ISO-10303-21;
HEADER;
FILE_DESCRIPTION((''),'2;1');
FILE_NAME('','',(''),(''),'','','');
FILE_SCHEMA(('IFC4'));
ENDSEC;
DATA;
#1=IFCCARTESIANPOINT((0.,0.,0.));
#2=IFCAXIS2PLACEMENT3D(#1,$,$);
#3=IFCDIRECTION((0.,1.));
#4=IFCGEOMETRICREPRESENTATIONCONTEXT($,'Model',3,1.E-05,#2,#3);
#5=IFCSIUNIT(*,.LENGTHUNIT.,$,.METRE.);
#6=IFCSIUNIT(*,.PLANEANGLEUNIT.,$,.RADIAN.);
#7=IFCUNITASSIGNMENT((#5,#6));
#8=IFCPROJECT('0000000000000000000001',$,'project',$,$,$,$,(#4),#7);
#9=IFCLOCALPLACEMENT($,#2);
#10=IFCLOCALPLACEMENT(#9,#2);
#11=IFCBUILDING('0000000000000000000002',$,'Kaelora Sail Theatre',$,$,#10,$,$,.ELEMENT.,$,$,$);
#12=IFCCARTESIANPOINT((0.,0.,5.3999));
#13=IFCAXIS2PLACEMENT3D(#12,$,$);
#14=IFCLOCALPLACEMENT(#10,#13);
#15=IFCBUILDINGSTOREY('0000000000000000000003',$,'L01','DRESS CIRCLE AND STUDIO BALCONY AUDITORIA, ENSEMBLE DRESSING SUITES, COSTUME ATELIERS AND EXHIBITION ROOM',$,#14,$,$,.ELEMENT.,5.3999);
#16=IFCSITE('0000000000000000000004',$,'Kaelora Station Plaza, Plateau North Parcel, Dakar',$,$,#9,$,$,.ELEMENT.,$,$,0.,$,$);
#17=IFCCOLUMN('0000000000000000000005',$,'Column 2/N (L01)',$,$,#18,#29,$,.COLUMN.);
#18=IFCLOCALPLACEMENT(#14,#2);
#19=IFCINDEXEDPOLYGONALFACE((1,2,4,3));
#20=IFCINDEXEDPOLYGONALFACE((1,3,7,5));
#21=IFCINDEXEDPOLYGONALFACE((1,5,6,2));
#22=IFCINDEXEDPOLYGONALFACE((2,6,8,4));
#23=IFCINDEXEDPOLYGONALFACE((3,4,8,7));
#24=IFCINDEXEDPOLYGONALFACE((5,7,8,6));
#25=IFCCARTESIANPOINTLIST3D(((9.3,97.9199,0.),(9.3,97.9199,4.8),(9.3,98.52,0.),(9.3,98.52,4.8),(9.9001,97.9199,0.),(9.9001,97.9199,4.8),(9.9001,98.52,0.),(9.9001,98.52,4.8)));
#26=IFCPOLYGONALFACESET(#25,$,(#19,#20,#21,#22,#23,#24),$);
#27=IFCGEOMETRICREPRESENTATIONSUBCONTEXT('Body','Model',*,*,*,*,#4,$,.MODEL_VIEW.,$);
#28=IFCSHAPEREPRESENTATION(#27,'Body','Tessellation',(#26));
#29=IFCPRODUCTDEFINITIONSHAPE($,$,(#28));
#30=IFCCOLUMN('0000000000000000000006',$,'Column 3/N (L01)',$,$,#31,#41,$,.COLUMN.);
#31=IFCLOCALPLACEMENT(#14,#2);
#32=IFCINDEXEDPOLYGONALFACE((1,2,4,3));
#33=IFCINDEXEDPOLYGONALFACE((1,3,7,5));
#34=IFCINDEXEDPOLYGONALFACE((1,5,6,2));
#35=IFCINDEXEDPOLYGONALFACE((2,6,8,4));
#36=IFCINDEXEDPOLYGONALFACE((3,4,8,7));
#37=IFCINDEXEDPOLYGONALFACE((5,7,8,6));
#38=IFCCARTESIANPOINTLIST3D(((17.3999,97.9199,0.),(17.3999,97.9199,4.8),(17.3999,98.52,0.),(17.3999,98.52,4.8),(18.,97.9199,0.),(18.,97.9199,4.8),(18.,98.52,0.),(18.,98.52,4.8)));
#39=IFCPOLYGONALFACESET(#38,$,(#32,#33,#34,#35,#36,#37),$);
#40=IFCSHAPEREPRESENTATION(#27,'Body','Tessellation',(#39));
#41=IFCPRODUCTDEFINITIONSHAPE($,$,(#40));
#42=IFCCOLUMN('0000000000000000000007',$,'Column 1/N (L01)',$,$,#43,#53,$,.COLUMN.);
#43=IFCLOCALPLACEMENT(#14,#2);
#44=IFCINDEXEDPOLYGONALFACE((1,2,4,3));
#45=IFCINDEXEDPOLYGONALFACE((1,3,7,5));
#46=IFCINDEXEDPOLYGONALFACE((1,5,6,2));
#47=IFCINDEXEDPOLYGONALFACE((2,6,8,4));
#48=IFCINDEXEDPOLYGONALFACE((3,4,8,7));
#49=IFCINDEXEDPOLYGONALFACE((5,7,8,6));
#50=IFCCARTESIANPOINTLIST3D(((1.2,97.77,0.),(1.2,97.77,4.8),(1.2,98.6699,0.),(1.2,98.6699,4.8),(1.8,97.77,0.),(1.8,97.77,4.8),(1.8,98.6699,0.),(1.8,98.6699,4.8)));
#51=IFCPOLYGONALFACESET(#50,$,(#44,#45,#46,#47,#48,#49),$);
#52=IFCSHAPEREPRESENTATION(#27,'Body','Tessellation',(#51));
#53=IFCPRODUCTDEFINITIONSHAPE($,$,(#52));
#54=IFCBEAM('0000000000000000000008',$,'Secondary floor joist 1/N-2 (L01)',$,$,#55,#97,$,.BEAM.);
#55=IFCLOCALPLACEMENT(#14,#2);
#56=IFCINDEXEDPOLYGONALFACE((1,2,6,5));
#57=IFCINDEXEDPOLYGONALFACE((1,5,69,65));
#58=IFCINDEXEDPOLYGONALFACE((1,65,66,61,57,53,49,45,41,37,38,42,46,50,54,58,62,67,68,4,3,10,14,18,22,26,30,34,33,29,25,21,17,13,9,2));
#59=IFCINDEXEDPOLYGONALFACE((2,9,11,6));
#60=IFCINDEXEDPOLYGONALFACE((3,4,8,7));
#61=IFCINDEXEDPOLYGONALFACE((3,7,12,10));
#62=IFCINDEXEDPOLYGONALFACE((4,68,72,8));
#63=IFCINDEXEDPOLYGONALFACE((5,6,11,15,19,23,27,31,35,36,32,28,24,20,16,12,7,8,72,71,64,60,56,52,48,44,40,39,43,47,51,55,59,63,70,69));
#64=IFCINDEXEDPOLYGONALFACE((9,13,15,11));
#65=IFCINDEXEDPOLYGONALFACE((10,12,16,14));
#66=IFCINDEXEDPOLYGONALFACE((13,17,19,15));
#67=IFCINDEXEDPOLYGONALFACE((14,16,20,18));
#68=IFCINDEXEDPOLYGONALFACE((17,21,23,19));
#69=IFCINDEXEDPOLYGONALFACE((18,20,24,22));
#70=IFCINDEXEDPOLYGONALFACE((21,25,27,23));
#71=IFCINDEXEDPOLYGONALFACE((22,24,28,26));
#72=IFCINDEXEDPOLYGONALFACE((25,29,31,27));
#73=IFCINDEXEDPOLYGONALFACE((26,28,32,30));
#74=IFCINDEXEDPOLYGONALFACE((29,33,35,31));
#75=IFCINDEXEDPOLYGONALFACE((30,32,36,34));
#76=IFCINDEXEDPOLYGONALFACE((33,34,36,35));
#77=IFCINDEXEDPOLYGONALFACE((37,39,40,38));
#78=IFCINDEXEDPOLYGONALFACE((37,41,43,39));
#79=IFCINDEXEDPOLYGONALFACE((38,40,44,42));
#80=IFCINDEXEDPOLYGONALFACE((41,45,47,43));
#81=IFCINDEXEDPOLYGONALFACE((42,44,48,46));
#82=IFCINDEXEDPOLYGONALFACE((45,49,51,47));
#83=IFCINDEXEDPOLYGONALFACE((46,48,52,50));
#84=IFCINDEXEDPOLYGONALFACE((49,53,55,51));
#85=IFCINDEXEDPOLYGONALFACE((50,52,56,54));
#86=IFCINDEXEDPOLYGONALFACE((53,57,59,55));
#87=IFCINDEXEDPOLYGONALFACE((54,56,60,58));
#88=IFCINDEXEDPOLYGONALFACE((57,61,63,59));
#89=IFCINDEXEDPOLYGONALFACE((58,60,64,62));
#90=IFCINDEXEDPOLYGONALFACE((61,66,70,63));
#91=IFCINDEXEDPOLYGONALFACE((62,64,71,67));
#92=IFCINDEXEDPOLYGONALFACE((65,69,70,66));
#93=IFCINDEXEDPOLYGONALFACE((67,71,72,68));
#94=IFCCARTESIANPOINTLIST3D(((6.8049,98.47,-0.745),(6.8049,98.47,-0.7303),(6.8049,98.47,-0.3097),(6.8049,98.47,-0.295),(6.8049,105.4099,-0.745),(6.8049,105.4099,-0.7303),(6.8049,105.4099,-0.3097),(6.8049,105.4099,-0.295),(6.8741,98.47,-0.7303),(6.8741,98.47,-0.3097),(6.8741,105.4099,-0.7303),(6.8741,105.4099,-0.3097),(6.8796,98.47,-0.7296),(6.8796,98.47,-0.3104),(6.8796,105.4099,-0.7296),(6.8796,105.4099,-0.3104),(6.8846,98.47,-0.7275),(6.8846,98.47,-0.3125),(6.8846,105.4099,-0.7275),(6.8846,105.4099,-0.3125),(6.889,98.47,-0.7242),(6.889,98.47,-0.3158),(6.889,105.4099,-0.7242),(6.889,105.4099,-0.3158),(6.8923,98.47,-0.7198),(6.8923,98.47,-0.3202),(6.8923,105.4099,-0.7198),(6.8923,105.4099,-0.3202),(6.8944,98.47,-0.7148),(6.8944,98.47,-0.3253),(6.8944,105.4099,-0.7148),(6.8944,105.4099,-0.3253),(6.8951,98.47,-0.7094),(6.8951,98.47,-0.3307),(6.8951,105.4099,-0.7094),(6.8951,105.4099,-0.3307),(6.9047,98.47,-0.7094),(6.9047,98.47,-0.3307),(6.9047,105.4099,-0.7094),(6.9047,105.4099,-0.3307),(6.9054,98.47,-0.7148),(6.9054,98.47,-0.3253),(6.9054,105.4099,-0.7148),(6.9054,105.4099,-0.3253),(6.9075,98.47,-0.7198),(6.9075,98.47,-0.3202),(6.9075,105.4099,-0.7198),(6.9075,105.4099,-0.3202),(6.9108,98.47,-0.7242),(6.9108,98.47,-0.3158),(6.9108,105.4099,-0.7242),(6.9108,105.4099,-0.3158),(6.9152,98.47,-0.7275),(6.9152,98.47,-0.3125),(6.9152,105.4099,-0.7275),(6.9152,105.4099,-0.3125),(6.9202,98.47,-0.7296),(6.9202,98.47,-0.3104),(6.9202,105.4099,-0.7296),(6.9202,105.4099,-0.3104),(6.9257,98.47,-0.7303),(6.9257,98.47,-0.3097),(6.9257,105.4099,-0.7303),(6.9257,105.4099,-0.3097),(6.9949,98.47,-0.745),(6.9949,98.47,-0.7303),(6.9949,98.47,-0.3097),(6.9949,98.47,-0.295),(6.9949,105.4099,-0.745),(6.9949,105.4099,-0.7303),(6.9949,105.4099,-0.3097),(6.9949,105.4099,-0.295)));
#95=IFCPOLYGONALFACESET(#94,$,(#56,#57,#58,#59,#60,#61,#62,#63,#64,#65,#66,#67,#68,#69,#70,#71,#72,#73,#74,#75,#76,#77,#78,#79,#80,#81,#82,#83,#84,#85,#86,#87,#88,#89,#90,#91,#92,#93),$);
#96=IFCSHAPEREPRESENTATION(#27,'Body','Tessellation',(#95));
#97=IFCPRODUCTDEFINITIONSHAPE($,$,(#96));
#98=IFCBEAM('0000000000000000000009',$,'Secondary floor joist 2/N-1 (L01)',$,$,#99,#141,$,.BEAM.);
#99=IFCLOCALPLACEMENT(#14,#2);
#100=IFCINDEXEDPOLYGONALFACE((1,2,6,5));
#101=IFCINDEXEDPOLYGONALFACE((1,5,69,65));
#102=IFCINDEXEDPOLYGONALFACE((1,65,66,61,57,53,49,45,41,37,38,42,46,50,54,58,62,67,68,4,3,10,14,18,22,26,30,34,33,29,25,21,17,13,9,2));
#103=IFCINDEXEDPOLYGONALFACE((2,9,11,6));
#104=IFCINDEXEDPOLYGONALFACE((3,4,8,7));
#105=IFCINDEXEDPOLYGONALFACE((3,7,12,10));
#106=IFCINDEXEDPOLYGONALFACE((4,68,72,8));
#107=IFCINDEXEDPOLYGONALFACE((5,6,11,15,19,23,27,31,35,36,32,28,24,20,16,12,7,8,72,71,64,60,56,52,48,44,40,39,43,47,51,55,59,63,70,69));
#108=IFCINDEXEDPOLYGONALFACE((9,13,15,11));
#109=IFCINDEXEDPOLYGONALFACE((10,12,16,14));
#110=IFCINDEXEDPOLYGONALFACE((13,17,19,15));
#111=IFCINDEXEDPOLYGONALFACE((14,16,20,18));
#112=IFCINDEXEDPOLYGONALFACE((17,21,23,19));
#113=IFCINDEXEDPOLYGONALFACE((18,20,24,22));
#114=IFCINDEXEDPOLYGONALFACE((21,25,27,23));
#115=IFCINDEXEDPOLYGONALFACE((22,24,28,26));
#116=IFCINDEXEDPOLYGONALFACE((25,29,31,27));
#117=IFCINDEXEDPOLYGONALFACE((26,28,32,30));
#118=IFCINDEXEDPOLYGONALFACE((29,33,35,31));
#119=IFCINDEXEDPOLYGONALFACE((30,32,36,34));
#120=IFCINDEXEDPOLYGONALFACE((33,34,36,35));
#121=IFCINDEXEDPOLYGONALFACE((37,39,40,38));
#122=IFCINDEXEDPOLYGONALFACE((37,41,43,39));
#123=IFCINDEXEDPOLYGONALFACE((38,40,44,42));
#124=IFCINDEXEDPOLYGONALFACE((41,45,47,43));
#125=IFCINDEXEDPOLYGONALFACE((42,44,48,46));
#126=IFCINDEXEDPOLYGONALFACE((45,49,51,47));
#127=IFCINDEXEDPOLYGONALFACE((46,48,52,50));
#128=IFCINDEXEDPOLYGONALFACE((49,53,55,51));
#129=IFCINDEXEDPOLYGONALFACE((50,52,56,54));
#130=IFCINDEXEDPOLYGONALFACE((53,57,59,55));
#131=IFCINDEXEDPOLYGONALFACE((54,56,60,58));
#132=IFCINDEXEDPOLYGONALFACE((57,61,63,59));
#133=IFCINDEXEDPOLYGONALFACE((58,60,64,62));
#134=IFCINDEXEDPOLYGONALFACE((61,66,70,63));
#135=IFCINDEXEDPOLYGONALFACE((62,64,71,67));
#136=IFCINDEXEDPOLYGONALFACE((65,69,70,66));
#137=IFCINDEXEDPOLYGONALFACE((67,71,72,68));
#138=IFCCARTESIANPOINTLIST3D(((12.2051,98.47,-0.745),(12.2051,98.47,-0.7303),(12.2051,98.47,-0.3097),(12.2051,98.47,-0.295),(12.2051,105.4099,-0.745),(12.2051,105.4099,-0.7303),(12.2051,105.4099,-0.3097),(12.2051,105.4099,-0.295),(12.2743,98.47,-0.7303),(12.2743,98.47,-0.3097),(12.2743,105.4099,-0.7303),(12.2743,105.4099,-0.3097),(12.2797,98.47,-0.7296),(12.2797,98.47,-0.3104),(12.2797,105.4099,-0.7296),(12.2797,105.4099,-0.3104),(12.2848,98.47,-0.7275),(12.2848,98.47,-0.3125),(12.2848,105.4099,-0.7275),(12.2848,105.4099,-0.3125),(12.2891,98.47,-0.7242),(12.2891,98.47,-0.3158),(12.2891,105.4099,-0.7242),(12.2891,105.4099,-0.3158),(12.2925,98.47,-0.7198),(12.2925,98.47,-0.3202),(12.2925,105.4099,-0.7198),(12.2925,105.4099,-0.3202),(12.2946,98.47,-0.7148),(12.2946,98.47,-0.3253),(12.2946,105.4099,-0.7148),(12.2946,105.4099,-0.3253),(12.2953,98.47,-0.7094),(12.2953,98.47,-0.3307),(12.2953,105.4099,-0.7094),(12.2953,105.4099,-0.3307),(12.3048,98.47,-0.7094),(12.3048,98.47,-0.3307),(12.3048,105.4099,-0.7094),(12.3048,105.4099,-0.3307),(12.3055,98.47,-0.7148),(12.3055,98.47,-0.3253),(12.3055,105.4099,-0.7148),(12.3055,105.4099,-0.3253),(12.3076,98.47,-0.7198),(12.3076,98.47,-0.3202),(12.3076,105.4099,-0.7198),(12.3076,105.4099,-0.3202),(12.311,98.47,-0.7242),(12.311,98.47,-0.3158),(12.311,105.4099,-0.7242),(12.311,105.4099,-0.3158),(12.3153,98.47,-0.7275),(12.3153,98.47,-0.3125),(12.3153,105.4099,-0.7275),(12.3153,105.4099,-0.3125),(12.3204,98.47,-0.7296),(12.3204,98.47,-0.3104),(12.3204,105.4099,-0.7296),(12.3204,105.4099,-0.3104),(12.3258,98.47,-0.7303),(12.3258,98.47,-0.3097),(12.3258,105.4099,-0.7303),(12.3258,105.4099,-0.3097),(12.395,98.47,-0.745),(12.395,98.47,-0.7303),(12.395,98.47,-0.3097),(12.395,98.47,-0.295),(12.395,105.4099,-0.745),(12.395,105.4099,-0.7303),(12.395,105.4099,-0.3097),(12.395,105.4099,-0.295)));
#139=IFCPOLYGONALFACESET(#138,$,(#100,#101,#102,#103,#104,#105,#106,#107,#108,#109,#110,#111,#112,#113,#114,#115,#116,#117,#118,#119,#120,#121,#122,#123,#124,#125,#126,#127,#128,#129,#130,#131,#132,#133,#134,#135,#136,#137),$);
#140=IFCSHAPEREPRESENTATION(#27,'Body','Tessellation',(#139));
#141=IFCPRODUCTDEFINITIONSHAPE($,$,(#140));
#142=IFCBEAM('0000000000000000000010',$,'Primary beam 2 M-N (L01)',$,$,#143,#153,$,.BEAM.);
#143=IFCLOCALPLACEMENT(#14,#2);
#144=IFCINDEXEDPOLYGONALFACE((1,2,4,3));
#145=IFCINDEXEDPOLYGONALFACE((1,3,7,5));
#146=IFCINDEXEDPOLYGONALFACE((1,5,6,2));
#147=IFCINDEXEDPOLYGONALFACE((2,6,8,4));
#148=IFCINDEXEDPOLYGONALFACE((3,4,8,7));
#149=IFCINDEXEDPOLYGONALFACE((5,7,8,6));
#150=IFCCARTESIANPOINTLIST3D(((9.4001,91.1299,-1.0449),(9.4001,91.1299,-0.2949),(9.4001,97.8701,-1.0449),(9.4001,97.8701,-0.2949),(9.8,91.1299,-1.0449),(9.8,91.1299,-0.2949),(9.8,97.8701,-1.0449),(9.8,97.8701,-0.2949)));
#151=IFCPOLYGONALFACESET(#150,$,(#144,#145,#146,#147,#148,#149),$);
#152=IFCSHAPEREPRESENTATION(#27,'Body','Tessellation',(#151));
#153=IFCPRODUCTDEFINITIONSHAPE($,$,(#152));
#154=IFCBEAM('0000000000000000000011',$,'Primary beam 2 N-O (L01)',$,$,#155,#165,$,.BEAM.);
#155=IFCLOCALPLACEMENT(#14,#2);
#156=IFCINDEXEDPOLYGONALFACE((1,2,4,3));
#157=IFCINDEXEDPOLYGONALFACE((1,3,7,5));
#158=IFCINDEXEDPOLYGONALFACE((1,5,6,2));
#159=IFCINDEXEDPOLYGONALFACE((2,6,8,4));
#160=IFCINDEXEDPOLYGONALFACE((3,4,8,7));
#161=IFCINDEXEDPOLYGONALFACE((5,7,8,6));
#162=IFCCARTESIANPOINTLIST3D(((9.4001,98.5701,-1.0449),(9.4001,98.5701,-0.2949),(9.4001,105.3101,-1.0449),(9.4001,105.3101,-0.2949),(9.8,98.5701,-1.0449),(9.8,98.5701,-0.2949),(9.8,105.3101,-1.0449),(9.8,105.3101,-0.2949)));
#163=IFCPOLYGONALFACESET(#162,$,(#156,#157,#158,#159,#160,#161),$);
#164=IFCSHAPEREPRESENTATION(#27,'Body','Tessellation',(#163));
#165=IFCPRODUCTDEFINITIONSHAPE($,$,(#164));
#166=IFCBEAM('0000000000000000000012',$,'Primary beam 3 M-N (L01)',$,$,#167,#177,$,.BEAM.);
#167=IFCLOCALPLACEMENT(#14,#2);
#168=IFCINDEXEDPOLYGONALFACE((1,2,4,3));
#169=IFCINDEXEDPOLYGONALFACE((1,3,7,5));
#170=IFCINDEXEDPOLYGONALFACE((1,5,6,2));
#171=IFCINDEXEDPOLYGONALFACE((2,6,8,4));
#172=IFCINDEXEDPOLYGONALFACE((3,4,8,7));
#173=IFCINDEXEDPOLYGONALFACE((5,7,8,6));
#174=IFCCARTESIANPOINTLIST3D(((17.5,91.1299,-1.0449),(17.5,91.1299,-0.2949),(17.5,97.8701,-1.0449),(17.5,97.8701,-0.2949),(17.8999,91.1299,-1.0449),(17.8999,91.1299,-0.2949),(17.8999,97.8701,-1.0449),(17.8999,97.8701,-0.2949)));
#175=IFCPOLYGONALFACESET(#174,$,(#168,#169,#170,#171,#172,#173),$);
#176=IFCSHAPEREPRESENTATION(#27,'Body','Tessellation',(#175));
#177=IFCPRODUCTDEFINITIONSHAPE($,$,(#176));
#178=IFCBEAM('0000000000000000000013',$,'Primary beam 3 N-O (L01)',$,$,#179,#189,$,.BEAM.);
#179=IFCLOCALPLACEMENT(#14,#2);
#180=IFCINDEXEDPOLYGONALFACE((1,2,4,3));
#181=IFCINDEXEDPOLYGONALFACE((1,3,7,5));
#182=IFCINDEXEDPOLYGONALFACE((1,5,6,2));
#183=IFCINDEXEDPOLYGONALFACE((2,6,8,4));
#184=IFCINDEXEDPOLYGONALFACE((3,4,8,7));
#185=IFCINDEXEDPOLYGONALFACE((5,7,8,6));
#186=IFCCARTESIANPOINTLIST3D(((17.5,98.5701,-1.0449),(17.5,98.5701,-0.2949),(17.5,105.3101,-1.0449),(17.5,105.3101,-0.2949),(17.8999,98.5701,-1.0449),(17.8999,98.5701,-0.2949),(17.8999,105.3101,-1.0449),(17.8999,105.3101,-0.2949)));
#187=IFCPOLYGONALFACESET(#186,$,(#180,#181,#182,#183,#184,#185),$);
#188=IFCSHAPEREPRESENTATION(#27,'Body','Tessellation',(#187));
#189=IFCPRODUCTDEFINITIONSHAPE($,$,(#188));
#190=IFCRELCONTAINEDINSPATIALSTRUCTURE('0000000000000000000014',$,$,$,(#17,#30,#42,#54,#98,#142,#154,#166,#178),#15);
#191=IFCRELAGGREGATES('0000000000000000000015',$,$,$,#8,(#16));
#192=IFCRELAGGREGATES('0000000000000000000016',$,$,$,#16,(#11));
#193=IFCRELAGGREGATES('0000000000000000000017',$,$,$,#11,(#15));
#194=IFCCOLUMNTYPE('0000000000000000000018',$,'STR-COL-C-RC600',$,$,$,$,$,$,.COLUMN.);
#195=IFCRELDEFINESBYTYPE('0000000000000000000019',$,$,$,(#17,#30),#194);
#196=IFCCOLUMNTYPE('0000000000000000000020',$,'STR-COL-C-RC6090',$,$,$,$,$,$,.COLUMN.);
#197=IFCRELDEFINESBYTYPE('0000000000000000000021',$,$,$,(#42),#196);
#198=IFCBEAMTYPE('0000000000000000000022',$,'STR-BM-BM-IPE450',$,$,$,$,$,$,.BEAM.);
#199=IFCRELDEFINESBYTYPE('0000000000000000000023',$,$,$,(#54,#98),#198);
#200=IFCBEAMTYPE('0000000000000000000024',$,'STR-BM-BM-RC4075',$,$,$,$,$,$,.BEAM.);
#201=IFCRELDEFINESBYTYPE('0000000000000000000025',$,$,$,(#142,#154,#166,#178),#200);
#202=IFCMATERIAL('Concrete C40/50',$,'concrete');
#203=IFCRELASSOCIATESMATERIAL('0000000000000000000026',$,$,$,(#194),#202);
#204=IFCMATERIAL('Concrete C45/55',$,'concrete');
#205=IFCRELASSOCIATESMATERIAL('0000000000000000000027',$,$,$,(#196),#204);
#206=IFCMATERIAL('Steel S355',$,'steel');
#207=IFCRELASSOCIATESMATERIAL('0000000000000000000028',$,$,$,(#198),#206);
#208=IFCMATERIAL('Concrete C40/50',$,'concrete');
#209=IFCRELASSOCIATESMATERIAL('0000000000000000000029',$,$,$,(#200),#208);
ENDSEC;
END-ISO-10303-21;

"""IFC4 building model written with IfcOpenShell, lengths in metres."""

from ifc_helpers import new_model, si_unit, direction, frame, origin, origin_2d, place, context, subcontext, project, spatial, rectangle, i_section, extrude, material, material_profile, profile_set, type_object, element, save


model = new_model("IFC4")

# Units and contexts
model_context = context("Model", 3, precision=1e-05, world=origin(), true_north=direction((0.0, 1.0)))
body_context = subcontext(model_context, "Body", "Model", "MODEL_VIEW")
ifc_project = project(units=[si_unit("LENGTHUNIT", "METRE"), si_unit("PLANEANGLEUNIT", "RADIAN")], contexts=[model_context])

# Site, building, storey
site_placement = place(None, origin())
site = spatial("IfcSite", under=ifc_project, at=site_placement, Name="Kaelora Station Plaza, Plateau North Parcel, Dakar", CompositionType="ELEMENT", RefElevation=0.0)
building_placement = place(site_placement, origin())
building = spatial("IfcBuilding", under=site, at=building_placement, Name="Kaelora Sail Theatre", CompositionType="ELEMENT")
storey_placement = place(building_placement, frame((0.0, 0.0, 5.3999)))
storey = spatial("IfcBuildingStorey", under=building, at=storey_placement, Name="L01", Description="DRESS CIRCLE AND STUDIO BALCONY AUDITORIA, ENSEMBLE DRESSING SUITES, COSTUME ATELIERS AND EXHIBITION ROOM", CompositionType="ELEMENT", Elevation=5.3999)

# Columns
ifc_material_1 = material(Name="Concrete C40/50", Category="concrete")
ifc_material_profile_1 = material_profile(ifc_material_1, rectangle(XDim=0.6001, YDim=0.6001, at=origin_2d()), Name="RC-COL 600x600")
ifc_profile_set_1 = profile_set([ifc_material_profile_1], Name="Concrete C40/50")
column_type_1 = type_object("IfcColumnType", Name="STR-COL-C-RC600", PredefinedType="COLUMN", material=ifc_profile_set_1)
for number, where, z_axis, x_axis, name in (
    (1, (9.6001, 98.22, 0.0), (0.0, 0.0, 1.0), (1.0, 0.0, 0.0), "Column 2/N (L01)"),
    (2, (17.7, 98.22, 0.0), (0.0, 0.0, 1.0), (1.0, 0.0, 0.0), "Column 3/N (L01)"),
):
    element("IfcColumn", number, at=place(storey_placement, frame(where, z_axis=z_axis, x_axis=x_axis)), inside=storey, type_object=column_type_1, Name=name, PredefinedType="COLUMN", context=body_context, shape_type="SweptSolid", body=[
        extrude(rectangle(XDim=0.6001, YDim=0.6001, at=origin_2d()), origin(), (0.0, 0.0, 1.0), 4.8),
    ])
ifc_material_2 = material(Name="Concrete C45/55", Category="concrete")
ifc_material_profile_2 = material_profile(ifc_material_2, rectangle(XDim=0.6001, YDim=0.8999, at=origin_2d()), Name="RC-COL 600x900")
ifc_profile_set_2 = profile_set([ifc_material_profile_2], Name="Concrete C45/55")
column_type_2 = type_object("IfcColumnType", Name="STR-COL-C-RC6090", PredefinedType="COLUMN", material=ifc_profile_set_2)
column_placement = place(storey_placement, frame((1.5, 98.22, 0.0), z_axis=(0.0, 0.0, 1.0), x_axis=(1.0, 0.0, 0.0)))
element("IfcColumn", 3, at=column_placement, inside=storey, type_object=column_type_2, Name="Column 1/N (L01)", PredefinedType="COLUMN", context=body_context, shape_type="SweptSolid", body=[
    extrude(rectangle(XDim=0.6001, YDim=0.8999, at=origin_2d()), origin(), (0.0, 0.0, 1.0), 4.8),
])

# Beams
ifc_material_3 = material(Name="Steel S355", Category="steel")
ifc_material_profile_3 = material_profile(ifc_material_3, i_section(OverallWidth=0.1899, OverallDepth=0.45, WebThickness=0.0095, FlangeThickness=0.0146, FilletRadius=0.021, at=origin_2d()), Name="IPE 450")
ifc_profile_set_3 = profile_set([ifc_material_profile_3], Name="Steel S355")
beam_type_1 = type_object("IfcBeamType", Name="STR-BM-BM-IPE450", PredefinedType="BEAM", material=ifc_profile_set_3)
for number, where, z_axis, x_axis, name in (
    (4, (6.8999, 98.47, -0.52), (0.0, 1.0, 0.0), (-1.0, 0.0, 0.0), "Secondary floor joist 1/N-2 (L01)"),
    (5, (12.3, 98.47, -0.52), (0.0, 1.0, 0.0), (-1.0, 0.0, 0.0), "Secondary floor joist 2/N-1 (L01)"),
):
    element("IfcBeam", number, at=place(storey_placement, frame(where, z_axis=z_axis, x_axis=x_axis)), inside=storey, type_object=beam_type_1, Name=name, PredefinedType="BEAM", context=body_context, shape_type="SweptSolid", body=[
        extrude(i_section(OverallWidth=0.1899, OverallDepth=0.45, WebThickness=0.0095, FlangeThickness=0.0146, FilletRadius=0.021, at=origin_2d()), origin(), (0.0, 0.0, 1.0), 6.9399),
    ])
ifc_material_4 = material(Name="Concrete C40/50", Category="concrete")
ifc_material_profile_4 = material_profile(ifc_material_4, rectangle(XDim=0.3999, YDim=0.75, at=origin_2d()), Name="RC-BM 400x750")
ifc_profile_set_4 = profile_set([ifc_material_profile_4], Name="Concrete C40/50")
beam_type_2 = type_object("IfcBeamType", Name="STR-BM-BM-RC4075", PredefinedType="BEAM", material=ifc_profile_set_4)
beam_1_placement = place(storey_placement, frame((9.6001, 91.1299, -0.6699), z_axis=(0.0, 1.0, 0.0), x_axis=(-1.0, 0.0, 0.0)))
element("IfcBeam", 6, at=beam_1_placement, inside=storey, type_object=beam_type_2, Name="Primary beam 2 M-N (L01)", PredefinedType="BEAM", context=body_context, shape_type="SweptSolid", body=[
    extrude(rectangle(XDim=0.3999, YDim=0.75, at=origin_2d()), origin(), (0.0, 0.0, 1.0), 6.7402),
])
beam_2_placement = place(storey_placement, frame((9.6001, 98.5701, -0.6699), z_axis=(0.0, 1.0, 0.0), x_axis=(-1.0, 0.0, 0.0)))
element("IfcBeam", 7, at=beam_2_placement, inside=storey, type_object=beam_type_2, Name="Primary beam 2 N-O (L01)", PredefinedType="BEAM", context=body_context, shape_type="SweptSolid", body=[
    extrude(rectangle(XDim=0.3999, YDim=0.75, at=origin_2d()), origin(), (0.0, 0.0, 1.0), 6.74),
])
beam_3_placement = place(storey_placement, frame((17.7, 91.1299, -0.6699), z_axis=(0.0, 1.0, 0.0), x_axis=(-1.0, 0.0, 0.0)))
element("IfcBeam", 8, at=beam_3_placement, inside=storey, type_object=beam_type_2, Name="Primary beam 3 M-N (L01)", PredefinedType="BEAM", context=body_context, shape_type="SweptSolid", body=[
    extrude(rectangle(XDim=0.3999, YDim=0.75, at=origin_2d()), origin(), (0.0, 0.0, 1.0), 6.7402),
])
beam_4_placement = place(storey_placement, frame((17.7, 98.5701, -0.6699), z_axis=(0.0, 1.0, 0.0), x_axis=(-1.0, 0.0, 0.0)))
element("IfcBeam", 9, at=beam_4_placement, inside=storey, type_object=beam_type_2, Name="Primary beam 3 N-O (L01)", PredefinedType="BEAM", context=body_context, shape_type="SweptSolid", body=[
    extrude(rectangle(XDim=0.3999, YDim=0.75, at=origin_2d()), origin(), (0.0, 0.0, 1.0), 6.74),
])

save(model, "model.ifc")
